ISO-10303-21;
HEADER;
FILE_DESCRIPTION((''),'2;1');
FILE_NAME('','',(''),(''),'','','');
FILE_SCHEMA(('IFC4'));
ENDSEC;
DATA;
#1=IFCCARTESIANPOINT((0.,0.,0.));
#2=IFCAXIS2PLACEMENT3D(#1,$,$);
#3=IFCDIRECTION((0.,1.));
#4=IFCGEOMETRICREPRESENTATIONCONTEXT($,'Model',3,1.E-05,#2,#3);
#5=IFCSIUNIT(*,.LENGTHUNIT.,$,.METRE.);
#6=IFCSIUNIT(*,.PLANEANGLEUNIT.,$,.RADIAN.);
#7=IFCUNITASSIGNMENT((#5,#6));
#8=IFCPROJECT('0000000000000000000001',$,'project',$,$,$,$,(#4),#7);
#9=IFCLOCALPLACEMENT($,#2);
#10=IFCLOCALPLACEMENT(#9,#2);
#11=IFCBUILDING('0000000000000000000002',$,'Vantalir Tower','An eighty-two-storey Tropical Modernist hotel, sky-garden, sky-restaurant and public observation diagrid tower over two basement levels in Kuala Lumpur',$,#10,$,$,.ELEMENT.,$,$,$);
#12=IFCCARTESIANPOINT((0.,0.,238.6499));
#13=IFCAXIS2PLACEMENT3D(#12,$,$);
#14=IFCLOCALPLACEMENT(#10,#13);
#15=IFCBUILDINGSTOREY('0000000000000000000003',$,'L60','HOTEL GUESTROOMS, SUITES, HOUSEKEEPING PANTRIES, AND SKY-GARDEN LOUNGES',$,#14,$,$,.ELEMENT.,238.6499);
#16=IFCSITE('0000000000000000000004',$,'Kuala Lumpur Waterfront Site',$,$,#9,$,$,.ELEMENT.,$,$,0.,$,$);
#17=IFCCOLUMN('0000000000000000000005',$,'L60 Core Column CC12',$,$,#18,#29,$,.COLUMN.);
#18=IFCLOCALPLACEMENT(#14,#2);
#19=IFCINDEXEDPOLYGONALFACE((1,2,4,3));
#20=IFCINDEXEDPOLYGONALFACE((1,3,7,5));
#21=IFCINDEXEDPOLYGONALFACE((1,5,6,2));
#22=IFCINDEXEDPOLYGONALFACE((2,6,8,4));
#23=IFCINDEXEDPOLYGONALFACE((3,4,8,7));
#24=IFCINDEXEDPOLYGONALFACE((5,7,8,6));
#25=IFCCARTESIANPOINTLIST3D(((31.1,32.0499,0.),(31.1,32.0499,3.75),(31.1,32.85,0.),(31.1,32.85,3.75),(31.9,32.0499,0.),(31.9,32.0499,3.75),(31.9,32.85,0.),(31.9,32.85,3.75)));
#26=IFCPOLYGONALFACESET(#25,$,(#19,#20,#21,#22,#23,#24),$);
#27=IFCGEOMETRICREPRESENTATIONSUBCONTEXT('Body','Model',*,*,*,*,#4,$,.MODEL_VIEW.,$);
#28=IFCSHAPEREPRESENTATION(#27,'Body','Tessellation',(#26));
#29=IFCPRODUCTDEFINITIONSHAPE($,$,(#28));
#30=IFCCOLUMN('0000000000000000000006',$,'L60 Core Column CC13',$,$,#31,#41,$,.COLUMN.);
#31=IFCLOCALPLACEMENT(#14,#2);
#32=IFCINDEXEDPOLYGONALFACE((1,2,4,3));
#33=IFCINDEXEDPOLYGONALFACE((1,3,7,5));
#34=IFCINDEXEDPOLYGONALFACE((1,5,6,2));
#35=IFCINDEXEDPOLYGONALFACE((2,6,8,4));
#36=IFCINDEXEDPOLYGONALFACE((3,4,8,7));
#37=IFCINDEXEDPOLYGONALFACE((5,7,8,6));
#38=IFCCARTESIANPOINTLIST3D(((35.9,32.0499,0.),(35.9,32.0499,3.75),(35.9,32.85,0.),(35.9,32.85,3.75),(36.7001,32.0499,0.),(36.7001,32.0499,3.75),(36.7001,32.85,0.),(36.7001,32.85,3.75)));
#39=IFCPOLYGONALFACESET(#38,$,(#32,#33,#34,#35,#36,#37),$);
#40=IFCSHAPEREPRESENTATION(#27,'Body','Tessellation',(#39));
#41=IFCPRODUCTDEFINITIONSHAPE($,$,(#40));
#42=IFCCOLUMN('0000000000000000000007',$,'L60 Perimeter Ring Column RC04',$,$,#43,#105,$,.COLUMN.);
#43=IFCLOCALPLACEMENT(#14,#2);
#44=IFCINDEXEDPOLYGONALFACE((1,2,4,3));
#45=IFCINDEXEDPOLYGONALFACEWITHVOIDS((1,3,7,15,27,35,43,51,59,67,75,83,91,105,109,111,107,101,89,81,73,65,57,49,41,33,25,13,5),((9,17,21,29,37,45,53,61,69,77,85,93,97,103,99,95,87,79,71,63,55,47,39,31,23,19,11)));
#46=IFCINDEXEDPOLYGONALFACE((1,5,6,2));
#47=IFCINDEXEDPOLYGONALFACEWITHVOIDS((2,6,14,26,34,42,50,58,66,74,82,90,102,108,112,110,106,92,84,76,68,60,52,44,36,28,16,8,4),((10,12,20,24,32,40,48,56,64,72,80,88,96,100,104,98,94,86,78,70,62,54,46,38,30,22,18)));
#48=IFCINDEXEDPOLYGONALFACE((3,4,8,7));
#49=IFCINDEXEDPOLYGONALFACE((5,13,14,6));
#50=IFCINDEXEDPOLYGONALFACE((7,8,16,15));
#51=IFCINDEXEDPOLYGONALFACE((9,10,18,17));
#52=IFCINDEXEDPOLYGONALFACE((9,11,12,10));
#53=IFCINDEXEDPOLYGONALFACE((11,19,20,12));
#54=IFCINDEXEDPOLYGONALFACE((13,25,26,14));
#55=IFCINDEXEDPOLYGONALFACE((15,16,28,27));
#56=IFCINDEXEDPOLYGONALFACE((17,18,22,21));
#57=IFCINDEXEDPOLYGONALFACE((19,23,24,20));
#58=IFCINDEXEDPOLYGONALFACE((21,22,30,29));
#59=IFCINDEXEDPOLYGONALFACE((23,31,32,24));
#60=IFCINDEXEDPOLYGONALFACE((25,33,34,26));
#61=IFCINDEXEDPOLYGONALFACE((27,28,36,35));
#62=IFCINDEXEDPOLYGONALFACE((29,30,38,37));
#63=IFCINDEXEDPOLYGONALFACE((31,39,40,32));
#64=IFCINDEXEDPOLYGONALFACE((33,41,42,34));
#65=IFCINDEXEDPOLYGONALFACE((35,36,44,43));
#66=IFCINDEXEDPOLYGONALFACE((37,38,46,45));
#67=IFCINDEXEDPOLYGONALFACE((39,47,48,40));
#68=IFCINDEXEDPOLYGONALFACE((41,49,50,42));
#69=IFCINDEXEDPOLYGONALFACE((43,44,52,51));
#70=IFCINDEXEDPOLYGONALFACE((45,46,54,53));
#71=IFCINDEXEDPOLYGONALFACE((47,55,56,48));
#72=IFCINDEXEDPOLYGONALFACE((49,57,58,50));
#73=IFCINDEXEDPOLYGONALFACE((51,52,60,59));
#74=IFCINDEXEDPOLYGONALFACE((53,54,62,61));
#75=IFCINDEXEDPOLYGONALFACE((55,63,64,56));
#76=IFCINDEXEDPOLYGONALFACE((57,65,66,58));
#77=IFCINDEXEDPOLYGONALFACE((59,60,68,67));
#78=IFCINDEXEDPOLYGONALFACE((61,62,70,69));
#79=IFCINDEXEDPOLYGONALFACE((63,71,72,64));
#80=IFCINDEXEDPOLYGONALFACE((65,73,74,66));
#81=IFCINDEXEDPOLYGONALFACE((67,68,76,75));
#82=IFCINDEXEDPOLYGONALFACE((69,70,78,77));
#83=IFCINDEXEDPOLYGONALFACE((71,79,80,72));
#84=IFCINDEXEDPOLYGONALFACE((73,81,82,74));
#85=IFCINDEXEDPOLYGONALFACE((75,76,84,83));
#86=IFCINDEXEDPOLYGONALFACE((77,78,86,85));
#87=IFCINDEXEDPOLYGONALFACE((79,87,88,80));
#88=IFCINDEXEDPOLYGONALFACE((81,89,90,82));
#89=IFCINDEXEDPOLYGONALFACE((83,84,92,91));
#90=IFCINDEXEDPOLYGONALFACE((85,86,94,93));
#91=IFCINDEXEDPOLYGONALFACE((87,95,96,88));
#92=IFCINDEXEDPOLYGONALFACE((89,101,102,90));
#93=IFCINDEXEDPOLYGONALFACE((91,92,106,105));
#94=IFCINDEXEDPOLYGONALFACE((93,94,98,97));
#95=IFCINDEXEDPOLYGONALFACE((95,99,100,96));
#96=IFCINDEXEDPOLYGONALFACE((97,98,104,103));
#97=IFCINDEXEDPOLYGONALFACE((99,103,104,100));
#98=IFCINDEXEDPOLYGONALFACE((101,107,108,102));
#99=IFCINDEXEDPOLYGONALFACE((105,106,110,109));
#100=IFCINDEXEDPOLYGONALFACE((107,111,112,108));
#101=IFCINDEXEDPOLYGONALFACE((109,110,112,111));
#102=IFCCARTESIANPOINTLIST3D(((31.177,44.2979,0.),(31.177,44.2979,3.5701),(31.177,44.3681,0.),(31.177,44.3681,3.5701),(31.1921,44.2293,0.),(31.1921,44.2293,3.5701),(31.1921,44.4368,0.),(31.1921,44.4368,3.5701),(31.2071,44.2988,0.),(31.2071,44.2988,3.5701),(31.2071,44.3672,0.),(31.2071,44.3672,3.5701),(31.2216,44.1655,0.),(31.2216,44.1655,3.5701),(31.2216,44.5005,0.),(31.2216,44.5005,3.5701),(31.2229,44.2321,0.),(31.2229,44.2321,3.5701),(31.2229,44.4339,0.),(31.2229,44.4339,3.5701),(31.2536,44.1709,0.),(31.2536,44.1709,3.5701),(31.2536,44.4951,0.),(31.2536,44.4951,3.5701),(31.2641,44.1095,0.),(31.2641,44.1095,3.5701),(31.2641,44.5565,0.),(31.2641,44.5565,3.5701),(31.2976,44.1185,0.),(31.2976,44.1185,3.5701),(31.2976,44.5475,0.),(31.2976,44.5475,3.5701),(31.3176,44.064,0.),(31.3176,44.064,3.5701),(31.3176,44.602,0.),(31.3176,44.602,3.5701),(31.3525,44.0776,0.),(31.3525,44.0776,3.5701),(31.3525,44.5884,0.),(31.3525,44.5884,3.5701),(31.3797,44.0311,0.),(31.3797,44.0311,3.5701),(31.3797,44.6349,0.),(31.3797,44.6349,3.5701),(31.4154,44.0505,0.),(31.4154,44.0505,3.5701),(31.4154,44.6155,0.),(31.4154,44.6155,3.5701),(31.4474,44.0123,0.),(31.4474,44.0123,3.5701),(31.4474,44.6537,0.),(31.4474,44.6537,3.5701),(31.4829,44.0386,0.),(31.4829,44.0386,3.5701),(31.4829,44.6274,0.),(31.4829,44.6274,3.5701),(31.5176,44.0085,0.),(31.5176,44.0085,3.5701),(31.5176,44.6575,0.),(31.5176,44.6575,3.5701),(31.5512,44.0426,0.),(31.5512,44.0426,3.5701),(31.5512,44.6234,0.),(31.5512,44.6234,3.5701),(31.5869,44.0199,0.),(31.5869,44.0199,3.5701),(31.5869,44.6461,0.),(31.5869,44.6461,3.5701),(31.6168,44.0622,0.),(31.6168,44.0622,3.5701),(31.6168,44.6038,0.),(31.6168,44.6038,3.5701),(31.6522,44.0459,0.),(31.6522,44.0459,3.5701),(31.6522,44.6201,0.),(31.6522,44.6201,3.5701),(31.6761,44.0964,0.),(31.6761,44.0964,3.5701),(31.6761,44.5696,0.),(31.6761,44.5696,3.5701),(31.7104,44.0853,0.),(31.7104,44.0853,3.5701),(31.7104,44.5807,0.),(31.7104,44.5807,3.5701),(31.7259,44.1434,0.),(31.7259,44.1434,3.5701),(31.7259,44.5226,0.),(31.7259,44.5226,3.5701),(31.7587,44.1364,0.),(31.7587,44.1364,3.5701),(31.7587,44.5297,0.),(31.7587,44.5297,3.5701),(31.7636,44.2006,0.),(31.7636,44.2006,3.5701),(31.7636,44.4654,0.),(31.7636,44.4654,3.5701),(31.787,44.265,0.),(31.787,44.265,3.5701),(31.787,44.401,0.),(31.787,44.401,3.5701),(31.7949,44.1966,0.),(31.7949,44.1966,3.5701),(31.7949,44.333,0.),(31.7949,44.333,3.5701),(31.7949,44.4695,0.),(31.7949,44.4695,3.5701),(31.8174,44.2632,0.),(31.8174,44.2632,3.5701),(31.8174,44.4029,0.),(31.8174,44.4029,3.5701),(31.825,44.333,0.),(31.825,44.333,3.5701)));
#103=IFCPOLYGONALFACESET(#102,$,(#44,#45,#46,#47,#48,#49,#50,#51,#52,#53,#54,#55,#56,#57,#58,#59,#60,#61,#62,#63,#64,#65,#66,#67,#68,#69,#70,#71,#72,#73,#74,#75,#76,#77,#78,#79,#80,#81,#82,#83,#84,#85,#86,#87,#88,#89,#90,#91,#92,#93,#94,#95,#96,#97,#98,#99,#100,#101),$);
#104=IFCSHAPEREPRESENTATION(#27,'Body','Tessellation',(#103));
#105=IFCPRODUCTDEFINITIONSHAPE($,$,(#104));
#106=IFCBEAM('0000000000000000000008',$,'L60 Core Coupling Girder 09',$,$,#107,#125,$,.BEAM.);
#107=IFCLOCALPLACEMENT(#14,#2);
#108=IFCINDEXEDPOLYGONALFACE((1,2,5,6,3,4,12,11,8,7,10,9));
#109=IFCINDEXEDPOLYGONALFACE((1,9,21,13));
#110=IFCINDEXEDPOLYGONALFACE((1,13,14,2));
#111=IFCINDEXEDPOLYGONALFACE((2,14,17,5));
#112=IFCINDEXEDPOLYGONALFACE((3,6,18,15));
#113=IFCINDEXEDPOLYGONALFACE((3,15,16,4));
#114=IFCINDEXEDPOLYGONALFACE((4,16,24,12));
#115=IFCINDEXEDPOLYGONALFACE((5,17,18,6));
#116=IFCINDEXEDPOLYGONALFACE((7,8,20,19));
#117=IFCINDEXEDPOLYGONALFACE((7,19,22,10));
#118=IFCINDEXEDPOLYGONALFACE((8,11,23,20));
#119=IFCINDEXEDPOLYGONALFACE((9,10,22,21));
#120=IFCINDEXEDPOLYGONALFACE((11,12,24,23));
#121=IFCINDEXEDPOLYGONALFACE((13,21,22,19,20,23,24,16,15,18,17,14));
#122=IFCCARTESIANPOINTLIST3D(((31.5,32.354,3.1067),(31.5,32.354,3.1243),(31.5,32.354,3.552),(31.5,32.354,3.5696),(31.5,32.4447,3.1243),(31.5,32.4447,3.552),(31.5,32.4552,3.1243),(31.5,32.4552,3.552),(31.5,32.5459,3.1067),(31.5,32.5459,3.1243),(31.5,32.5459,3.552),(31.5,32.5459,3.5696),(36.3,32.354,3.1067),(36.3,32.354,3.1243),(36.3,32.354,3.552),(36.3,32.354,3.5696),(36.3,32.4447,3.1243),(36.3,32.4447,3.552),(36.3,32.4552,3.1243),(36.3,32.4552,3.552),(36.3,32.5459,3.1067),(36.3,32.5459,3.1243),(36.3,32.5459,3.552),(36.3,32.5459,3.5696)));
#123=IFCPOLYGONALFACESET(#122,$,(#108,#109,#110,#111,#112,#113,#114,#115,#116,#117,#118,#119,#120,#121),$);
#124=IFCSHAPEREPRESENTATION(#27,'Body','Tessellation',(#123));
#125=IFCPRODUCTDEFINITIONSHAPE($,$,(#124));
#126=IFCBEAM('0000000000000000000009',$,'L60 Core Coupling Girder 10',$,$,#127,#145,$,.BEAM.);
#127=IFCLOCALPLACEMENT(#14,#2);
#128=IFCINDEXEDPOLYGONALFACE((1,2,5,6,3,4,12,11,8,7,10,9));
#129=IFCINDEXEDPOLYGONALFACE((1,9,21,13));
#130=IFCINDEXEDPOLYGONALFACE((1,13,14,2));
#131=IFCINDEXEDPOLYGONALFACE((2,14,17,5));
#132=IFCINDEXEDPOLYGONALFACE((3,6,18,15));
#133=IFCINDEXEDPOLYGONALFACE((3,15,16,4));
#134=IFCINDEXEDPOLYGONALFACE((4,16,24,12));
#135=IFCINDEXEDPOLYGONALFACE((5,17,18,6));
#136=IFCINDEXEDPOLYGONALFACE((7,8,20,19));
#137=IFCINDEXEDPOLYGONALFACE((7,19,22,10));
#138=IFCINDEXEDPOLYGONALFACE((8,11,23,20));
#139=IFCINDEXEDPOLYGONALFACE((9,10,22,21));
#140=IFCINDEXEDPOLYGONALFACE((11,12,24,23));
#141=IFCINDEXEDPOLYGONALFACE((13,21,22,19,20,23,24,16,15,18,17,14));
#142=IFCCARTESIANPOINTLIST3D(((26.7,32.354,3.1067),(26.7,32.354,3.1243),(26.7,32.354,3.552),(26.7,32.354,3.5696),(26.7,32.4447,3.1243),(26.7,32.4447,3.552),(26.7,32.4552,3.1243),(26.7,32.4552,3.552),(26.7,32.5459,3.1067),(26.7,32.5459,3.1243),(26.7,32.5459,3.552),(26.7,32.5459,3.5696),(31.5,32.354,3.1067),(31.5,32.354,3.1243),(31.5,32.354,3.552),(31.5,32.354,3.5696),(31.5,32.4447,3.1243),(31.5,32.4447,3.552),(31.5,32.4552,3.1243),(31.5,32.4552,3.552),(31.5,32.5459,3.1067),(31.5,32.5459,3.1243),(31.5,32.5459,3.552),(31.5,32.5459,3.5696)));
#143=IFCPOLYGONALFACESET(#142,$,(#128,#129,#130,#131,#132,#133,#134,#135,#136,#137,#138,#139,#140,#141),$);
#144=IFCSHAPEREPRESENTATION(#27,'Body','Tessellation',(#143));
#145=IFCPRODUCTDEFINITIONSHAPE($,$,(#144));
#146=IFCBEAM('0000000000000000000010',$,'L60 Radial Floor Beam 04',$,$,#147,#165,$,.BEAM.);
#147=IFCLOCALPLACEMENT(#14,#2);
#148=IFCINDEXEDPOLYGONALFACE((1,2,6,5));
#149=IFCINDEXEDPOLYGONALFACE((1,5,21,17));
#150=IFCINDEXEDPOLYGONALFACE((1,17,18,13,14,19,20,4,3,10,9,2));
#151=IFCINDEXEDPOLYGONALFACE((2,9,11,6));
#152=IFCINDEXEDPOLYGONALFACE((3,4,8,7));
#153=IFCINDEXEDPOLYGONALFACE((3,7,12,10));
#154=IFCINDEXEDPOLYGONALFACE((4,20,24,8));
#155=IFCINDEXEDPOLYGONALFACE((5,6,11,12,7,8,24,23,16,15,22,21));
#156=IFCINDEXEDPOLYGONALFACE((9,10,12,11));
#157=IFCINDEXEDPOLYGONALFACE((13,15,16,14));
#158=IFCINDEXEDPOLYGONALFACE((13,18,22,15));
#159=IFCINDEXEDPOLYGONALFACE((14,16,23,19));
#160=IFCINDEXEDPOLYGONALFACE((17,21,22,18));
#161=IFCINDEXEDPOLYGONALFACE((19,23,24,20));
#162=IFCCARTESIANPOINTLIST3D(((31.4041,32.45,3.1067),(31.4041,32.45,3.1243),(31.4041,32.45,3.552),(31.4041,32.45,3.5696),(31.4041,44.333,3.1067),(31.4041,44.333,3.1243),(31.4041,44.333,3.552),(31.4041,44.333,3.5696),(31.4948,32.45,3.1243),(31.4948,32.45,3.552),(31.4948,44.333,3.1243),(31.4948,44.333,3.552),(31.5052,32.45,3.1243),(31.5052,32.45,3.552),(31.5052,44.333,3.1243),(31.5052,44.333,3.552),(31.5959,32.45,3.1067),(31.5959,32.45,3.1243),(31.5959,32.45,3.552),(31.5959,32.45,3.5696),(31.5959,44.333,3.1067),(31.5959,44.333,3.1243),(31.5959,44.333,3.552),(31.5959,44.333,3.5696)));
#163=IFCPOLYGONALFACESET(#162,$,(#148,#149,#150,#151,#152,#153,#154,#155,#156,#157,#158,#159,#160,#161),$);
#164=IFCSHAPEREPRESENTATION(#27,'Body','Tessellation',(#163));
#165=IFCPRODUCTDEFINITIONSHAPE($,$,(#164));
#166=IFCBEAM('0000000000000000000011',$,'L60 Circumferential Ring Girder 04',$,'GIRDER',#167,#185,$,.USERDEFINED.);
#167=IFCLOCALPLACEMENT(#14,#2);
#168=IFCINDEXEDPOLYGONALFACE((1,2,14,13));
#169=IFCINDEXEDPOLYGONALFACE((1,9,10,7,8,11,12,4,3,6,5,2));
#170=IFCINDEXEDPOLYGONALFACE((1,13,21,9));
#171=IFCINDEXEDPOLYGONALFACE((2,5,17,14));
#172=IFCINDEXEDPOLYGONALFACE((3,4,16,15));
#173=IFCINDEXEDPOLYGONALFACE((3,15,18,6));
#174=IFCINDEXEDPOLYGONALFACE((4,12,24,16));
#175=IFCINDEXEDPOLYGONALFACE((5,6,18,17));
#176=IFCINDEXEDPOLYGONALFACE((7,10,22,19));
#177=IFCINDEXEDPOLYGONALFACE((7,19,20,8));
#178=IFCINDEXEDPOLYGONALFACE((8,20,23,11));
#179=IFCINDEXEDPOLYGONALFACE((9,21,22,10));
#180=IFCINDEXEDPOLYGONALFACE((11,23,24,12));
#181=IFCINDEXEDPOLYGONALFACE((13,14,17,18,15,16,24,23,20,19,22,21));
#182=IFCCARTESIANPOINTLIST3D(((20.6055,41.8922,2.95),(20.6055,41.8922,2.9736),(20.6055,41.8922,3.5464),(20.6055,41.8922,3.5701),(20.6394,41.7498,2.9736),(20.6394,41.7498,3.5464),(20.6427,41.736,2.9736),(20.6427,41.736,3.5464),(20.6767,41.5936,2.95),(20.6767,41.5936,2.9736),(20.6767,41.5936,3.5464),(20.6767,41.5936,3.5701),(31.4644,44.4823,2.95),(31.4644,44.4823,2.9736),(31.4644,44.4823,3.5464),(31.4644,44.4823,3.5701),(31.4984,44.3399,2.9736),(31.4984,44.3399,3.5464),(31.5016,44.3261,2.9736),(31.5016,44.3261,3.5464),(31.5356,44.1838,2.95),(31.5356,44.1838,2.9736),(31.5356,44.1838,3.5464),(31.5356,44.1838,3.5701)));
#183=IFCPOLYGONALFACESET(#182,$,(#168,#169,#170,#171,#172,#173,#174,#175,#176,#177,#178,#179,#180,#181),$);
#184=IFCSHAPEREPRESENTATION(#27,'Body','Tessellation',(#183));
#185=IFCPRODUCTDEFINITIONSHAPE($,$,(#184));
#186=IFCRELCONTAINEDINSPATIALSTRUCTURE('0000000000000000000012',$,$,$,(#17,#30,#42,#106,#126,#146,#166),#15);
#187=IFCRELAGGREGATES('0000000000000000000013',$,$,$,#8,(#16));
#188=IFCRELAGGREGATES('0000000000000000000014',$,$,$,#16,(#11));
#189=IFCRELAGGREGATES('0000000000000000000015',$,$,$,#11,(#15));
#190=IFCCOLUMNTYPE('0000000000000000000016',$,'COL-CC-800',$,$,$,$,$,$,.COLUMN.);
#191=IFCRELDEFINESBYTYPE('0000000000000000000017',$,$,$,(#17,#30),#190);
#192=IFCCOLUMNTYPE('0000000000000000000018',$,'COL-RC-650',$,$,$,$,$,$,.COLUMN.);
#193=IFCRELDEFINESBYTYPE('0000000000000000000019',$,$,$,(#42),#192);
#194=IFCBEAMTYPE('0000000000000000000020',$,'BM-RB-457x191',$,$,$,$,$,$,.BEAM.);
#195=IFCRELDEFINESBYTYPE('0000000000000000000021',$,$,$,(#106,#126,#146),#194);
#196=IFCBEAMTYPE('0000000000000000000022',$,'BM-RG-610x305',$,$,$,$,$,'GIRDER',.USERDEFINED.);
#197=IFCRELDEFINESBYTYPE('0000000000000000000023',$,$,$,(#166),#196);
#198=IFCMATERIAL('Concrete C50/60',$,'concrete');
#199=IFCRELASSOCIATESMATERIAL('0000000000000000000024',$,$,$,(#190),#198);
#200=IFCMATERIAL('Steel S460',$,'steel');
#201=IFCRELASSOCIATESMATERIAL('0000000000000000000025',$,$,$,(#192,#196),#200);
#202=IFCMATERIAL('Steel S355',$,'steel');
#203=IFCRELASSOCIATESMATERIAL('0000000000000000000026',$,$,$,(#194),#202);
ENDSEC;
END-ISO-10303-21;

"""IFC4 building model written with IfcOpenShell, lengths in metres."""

from ifc_helpers import new_model, si_unit, direction, frame, origin, origin_2d, place, context, subcontext, project, spatial, rectangle, hollow_circle, i_section, extrude, material, material_profile, profile_set, type_object, element, save


model = new_model("IFC4")

# Units and contexts
model_context = context("Model", 3, precision=1e-05, world=origin(), true_north=direction((0.0, 1.0)))
body_context = subcontext(model_context, "Body", "Model", "MODEL_VIEW")
ifc_project = project(units=[si_unit("LENGTHUNIT", "METRE"), si_unit("PLANEANGLEUNIT", "RADIAN")], contexts=[model_context])

# Site, building, storey
site_placement = place(None, origin())
site = spatial("IfcSite", under=ifc_project, at=site_placement, Name="Kuala Lumpur Waterfront Site", CompositionType="ELEMENT", RefElevation=0.0)
building_placement = place(site_placement, origin())
building = spatial("IfcBuilding", under=site, at=building_placement, Name="Vantalir Tower", Description="An eighty-two-storey Tropical Modernist hotel, sky-garden, sky-restaurant and public observation diagrid tower over two basement levels in Kuala Lumpur", CompositionType="ELEMENT")
storey_placement = place(building_placement, frame((0.0, 0.0, 238.6499)))
storey = spatial("IfcBuildingStorey", under=building, at=storey_placement, Name="L60", Description="HOTEL GUESTROOMS, SUITES, HOUSEKEEPING PANTRIES, AND SKY-GARDEN LOUNGES", CompositionType="ELEMENT", Elevation=238.6499)

# Columns
ifc_material_1 = material(Name="Concrete C50/60", Category="concrete")
ifc_material_profile_1 = material_profile(ifc_material_1, rectangle(XDim=0.8, YDim=0.8, at=origin_2d()), Name="Concrete C50/60")
ifc_profile_set_1 = profile_set([ifc_material_profile_1], Name="Concrete C50/60")
column_type_1 = type_object("IfcColumnType", Name="COL-CC-800", PredefinedType="COLUMN", material=ifc_profile_set_1)
for number, where, z_axis, x_axis, name in (
    (1, (31.5, 32.45, 0.0), (0.0, 0.0, 1.0), (1.0, 0.0, 0.0), "L60 Core Column CC12"),
    (2, (36.3, 32.45, 0.0), (0.0, 0.0, 1.0), (1.0, 0.0, 0.0), "L60 Core Column CC13"),
):
    element("IfcColumn", number, at=place(storey_placement, frame(where, z_axis=z_axis, x_axis=x_axis)), inside=storey, type_object=column_type_1, Name=name, PredefinedType="COLUMN", context=body_context, shape_type="SweptSolid", body=[
        extrude(rectangle(XDim=0.8, YDim=0.8, at=origin_2d()), origin(), (0.0, 0.0, 1.0), 3.75),
    ])
ifc_material_2 = material(Name="Steel S460", Category="steel")
ifc_material_profile_2 = material_profile(ifc_material_2, hollow_circle(Radius=0.325, WallThickness=0.03, at=origin_2d()), Name="Steel S460")
ifc_profile_set_2 = profile_set([ifc_material_profile_2], Name="Steel S460")
column_type_2 = type_object("IfcColumnType", Name="COL-RC-650", PredefinedType="COLUMN", material=ifc_profile_set_2)
column_placement = place(storey_placement, frame((31.5, 44.333, 0.0), z_axis=(0.0, 0.0, 1.0), x_axis=(1.0, 0.0, 0.0)))
element("IfcColumn", 3, at=column_placement, inside=storey, type_object=column_type_2, Name="L60 Perimeter Ring Column RC04", PredefinedType="COLUMN", context=body_context, shape_type="SweptSolid", body=[
    extrude(hollow_circle(Radius=0.325, WallThickness=0.03, at=origin_2d()), origin(), (0.0, 0.0, 1.0), 3.5701),
])

# Beams
ifc_material_3 = material(Name="Steel S355", Category="steel")
ifc_material_profile_3 = material_profile(ifc_material_3, i_section(OverallWidth=0.1919, OverallDepth=0.4629, WebThickness=0.0105, FlangeThickness=0.0176, at=origin_2d()), Name="Steel S355")
ifc_profile_set_3 = profile_set([ifc_material_profile_3], Name="Steel S355")
beam_type_1 = type_object("IfcBeamType", Name="BM-RB-457x191", PredefinedType="BEAM", material=ifc_profile_set_3)
for number, where, z_axis, x_axis, name in (
    (4, (36.3, 32.45, 3.3381), (-1.0, 0.0, 0.0), (0.0, -1.0, 0.0), "L60 Core Coupling Girder 09"),
    (5, (31.5, 32.45, 3.3381), (-1.0, 0.0, 0.0), (0.0, -1.0, 0.0), "L60 Core Coupling Girder 10"),
):
    element("IfcBeam", number, at=place(storey_placement, frame(where, z_axis=z_axis, x_axis=x_axis)), inside=storey, type_object=beam_type_1, Name=name, PredefinedType="BEAM", context=body_context, shape_type="SweptSolid", body=[
        extrude(i_section(OverallWidth=0.1919, OverallDepth=0.4629, WebThickness=0.0105, FlangeThickness=0.0176, at=origin_2d()), origin(), (0.0, 0.0, 1.0), 4.8),
    ])
beam_1_placement = place(storey_placement, frame((31.5, 44.333, 3.3381), z_axis=(0.0, -1.0, 0.0), x_axis=(1.0, 0.0, 0.0)))
element("IfcBeam", 6, at=beam_1_placement, inside=storey, type_object=beam_type_1, Name="L60 Radial Floor Beam 04", PredefinedType="BEAM", context=body_context, shape_type="SweptSolid", body=[
    extrude(i_section(OverallWidth=0.1919, OverallDepth=0.4629, WebThickness=0.0105, FlangeThickness=0.0176, at=origin_2d()), origin(), (0.0, 0.0, 1.0), 11.8831),
])
ifc_material_profile_4 = material_profile(ifc_material_2, i_section(OverallWidth=0.3069, OverallDepth=0.6201, WebThickness=0.0142, FlangeThickness=0.0237, at=origin_2d()), Name="Steel S460")
ifc_profile_set_4 = profile_set([ifc_material_profile_4], Name="Steel S460")
beam_type_2 = type_object("IfcBeamType", Name="BM-RG-610x305", ElementType="GIRDER", PredefinedType="USERDEFINED", material=ifc_profile_set_4)
beam_2_placement = place(storey_placement, frame((31.5, 44.333, 3.26), z_axis=(-0.972713, -0.232014, 0.0), x_axis=(0.232014, -0.972713, 0.0)))
element("IfcBeam", 7, at=beam_2_placement, inside=storey, type_object=beam_type_2, Name="L60 Circumferential Ring Girder 04", ObjectType="GIRDER", PredefinedType="USERDEFINED", context=body_context, shape_type="SweptSolid", body=[
    extrude(i_section(OverallWidth=0.3069, OverallDepth=0.6201, WebThickness=0.0142, FlangeThickness=0.0237, at=origin_2d()), origin(), (0.0, 0.0, 1.0), 11.1636),
])

save(model, "model.ifc")
